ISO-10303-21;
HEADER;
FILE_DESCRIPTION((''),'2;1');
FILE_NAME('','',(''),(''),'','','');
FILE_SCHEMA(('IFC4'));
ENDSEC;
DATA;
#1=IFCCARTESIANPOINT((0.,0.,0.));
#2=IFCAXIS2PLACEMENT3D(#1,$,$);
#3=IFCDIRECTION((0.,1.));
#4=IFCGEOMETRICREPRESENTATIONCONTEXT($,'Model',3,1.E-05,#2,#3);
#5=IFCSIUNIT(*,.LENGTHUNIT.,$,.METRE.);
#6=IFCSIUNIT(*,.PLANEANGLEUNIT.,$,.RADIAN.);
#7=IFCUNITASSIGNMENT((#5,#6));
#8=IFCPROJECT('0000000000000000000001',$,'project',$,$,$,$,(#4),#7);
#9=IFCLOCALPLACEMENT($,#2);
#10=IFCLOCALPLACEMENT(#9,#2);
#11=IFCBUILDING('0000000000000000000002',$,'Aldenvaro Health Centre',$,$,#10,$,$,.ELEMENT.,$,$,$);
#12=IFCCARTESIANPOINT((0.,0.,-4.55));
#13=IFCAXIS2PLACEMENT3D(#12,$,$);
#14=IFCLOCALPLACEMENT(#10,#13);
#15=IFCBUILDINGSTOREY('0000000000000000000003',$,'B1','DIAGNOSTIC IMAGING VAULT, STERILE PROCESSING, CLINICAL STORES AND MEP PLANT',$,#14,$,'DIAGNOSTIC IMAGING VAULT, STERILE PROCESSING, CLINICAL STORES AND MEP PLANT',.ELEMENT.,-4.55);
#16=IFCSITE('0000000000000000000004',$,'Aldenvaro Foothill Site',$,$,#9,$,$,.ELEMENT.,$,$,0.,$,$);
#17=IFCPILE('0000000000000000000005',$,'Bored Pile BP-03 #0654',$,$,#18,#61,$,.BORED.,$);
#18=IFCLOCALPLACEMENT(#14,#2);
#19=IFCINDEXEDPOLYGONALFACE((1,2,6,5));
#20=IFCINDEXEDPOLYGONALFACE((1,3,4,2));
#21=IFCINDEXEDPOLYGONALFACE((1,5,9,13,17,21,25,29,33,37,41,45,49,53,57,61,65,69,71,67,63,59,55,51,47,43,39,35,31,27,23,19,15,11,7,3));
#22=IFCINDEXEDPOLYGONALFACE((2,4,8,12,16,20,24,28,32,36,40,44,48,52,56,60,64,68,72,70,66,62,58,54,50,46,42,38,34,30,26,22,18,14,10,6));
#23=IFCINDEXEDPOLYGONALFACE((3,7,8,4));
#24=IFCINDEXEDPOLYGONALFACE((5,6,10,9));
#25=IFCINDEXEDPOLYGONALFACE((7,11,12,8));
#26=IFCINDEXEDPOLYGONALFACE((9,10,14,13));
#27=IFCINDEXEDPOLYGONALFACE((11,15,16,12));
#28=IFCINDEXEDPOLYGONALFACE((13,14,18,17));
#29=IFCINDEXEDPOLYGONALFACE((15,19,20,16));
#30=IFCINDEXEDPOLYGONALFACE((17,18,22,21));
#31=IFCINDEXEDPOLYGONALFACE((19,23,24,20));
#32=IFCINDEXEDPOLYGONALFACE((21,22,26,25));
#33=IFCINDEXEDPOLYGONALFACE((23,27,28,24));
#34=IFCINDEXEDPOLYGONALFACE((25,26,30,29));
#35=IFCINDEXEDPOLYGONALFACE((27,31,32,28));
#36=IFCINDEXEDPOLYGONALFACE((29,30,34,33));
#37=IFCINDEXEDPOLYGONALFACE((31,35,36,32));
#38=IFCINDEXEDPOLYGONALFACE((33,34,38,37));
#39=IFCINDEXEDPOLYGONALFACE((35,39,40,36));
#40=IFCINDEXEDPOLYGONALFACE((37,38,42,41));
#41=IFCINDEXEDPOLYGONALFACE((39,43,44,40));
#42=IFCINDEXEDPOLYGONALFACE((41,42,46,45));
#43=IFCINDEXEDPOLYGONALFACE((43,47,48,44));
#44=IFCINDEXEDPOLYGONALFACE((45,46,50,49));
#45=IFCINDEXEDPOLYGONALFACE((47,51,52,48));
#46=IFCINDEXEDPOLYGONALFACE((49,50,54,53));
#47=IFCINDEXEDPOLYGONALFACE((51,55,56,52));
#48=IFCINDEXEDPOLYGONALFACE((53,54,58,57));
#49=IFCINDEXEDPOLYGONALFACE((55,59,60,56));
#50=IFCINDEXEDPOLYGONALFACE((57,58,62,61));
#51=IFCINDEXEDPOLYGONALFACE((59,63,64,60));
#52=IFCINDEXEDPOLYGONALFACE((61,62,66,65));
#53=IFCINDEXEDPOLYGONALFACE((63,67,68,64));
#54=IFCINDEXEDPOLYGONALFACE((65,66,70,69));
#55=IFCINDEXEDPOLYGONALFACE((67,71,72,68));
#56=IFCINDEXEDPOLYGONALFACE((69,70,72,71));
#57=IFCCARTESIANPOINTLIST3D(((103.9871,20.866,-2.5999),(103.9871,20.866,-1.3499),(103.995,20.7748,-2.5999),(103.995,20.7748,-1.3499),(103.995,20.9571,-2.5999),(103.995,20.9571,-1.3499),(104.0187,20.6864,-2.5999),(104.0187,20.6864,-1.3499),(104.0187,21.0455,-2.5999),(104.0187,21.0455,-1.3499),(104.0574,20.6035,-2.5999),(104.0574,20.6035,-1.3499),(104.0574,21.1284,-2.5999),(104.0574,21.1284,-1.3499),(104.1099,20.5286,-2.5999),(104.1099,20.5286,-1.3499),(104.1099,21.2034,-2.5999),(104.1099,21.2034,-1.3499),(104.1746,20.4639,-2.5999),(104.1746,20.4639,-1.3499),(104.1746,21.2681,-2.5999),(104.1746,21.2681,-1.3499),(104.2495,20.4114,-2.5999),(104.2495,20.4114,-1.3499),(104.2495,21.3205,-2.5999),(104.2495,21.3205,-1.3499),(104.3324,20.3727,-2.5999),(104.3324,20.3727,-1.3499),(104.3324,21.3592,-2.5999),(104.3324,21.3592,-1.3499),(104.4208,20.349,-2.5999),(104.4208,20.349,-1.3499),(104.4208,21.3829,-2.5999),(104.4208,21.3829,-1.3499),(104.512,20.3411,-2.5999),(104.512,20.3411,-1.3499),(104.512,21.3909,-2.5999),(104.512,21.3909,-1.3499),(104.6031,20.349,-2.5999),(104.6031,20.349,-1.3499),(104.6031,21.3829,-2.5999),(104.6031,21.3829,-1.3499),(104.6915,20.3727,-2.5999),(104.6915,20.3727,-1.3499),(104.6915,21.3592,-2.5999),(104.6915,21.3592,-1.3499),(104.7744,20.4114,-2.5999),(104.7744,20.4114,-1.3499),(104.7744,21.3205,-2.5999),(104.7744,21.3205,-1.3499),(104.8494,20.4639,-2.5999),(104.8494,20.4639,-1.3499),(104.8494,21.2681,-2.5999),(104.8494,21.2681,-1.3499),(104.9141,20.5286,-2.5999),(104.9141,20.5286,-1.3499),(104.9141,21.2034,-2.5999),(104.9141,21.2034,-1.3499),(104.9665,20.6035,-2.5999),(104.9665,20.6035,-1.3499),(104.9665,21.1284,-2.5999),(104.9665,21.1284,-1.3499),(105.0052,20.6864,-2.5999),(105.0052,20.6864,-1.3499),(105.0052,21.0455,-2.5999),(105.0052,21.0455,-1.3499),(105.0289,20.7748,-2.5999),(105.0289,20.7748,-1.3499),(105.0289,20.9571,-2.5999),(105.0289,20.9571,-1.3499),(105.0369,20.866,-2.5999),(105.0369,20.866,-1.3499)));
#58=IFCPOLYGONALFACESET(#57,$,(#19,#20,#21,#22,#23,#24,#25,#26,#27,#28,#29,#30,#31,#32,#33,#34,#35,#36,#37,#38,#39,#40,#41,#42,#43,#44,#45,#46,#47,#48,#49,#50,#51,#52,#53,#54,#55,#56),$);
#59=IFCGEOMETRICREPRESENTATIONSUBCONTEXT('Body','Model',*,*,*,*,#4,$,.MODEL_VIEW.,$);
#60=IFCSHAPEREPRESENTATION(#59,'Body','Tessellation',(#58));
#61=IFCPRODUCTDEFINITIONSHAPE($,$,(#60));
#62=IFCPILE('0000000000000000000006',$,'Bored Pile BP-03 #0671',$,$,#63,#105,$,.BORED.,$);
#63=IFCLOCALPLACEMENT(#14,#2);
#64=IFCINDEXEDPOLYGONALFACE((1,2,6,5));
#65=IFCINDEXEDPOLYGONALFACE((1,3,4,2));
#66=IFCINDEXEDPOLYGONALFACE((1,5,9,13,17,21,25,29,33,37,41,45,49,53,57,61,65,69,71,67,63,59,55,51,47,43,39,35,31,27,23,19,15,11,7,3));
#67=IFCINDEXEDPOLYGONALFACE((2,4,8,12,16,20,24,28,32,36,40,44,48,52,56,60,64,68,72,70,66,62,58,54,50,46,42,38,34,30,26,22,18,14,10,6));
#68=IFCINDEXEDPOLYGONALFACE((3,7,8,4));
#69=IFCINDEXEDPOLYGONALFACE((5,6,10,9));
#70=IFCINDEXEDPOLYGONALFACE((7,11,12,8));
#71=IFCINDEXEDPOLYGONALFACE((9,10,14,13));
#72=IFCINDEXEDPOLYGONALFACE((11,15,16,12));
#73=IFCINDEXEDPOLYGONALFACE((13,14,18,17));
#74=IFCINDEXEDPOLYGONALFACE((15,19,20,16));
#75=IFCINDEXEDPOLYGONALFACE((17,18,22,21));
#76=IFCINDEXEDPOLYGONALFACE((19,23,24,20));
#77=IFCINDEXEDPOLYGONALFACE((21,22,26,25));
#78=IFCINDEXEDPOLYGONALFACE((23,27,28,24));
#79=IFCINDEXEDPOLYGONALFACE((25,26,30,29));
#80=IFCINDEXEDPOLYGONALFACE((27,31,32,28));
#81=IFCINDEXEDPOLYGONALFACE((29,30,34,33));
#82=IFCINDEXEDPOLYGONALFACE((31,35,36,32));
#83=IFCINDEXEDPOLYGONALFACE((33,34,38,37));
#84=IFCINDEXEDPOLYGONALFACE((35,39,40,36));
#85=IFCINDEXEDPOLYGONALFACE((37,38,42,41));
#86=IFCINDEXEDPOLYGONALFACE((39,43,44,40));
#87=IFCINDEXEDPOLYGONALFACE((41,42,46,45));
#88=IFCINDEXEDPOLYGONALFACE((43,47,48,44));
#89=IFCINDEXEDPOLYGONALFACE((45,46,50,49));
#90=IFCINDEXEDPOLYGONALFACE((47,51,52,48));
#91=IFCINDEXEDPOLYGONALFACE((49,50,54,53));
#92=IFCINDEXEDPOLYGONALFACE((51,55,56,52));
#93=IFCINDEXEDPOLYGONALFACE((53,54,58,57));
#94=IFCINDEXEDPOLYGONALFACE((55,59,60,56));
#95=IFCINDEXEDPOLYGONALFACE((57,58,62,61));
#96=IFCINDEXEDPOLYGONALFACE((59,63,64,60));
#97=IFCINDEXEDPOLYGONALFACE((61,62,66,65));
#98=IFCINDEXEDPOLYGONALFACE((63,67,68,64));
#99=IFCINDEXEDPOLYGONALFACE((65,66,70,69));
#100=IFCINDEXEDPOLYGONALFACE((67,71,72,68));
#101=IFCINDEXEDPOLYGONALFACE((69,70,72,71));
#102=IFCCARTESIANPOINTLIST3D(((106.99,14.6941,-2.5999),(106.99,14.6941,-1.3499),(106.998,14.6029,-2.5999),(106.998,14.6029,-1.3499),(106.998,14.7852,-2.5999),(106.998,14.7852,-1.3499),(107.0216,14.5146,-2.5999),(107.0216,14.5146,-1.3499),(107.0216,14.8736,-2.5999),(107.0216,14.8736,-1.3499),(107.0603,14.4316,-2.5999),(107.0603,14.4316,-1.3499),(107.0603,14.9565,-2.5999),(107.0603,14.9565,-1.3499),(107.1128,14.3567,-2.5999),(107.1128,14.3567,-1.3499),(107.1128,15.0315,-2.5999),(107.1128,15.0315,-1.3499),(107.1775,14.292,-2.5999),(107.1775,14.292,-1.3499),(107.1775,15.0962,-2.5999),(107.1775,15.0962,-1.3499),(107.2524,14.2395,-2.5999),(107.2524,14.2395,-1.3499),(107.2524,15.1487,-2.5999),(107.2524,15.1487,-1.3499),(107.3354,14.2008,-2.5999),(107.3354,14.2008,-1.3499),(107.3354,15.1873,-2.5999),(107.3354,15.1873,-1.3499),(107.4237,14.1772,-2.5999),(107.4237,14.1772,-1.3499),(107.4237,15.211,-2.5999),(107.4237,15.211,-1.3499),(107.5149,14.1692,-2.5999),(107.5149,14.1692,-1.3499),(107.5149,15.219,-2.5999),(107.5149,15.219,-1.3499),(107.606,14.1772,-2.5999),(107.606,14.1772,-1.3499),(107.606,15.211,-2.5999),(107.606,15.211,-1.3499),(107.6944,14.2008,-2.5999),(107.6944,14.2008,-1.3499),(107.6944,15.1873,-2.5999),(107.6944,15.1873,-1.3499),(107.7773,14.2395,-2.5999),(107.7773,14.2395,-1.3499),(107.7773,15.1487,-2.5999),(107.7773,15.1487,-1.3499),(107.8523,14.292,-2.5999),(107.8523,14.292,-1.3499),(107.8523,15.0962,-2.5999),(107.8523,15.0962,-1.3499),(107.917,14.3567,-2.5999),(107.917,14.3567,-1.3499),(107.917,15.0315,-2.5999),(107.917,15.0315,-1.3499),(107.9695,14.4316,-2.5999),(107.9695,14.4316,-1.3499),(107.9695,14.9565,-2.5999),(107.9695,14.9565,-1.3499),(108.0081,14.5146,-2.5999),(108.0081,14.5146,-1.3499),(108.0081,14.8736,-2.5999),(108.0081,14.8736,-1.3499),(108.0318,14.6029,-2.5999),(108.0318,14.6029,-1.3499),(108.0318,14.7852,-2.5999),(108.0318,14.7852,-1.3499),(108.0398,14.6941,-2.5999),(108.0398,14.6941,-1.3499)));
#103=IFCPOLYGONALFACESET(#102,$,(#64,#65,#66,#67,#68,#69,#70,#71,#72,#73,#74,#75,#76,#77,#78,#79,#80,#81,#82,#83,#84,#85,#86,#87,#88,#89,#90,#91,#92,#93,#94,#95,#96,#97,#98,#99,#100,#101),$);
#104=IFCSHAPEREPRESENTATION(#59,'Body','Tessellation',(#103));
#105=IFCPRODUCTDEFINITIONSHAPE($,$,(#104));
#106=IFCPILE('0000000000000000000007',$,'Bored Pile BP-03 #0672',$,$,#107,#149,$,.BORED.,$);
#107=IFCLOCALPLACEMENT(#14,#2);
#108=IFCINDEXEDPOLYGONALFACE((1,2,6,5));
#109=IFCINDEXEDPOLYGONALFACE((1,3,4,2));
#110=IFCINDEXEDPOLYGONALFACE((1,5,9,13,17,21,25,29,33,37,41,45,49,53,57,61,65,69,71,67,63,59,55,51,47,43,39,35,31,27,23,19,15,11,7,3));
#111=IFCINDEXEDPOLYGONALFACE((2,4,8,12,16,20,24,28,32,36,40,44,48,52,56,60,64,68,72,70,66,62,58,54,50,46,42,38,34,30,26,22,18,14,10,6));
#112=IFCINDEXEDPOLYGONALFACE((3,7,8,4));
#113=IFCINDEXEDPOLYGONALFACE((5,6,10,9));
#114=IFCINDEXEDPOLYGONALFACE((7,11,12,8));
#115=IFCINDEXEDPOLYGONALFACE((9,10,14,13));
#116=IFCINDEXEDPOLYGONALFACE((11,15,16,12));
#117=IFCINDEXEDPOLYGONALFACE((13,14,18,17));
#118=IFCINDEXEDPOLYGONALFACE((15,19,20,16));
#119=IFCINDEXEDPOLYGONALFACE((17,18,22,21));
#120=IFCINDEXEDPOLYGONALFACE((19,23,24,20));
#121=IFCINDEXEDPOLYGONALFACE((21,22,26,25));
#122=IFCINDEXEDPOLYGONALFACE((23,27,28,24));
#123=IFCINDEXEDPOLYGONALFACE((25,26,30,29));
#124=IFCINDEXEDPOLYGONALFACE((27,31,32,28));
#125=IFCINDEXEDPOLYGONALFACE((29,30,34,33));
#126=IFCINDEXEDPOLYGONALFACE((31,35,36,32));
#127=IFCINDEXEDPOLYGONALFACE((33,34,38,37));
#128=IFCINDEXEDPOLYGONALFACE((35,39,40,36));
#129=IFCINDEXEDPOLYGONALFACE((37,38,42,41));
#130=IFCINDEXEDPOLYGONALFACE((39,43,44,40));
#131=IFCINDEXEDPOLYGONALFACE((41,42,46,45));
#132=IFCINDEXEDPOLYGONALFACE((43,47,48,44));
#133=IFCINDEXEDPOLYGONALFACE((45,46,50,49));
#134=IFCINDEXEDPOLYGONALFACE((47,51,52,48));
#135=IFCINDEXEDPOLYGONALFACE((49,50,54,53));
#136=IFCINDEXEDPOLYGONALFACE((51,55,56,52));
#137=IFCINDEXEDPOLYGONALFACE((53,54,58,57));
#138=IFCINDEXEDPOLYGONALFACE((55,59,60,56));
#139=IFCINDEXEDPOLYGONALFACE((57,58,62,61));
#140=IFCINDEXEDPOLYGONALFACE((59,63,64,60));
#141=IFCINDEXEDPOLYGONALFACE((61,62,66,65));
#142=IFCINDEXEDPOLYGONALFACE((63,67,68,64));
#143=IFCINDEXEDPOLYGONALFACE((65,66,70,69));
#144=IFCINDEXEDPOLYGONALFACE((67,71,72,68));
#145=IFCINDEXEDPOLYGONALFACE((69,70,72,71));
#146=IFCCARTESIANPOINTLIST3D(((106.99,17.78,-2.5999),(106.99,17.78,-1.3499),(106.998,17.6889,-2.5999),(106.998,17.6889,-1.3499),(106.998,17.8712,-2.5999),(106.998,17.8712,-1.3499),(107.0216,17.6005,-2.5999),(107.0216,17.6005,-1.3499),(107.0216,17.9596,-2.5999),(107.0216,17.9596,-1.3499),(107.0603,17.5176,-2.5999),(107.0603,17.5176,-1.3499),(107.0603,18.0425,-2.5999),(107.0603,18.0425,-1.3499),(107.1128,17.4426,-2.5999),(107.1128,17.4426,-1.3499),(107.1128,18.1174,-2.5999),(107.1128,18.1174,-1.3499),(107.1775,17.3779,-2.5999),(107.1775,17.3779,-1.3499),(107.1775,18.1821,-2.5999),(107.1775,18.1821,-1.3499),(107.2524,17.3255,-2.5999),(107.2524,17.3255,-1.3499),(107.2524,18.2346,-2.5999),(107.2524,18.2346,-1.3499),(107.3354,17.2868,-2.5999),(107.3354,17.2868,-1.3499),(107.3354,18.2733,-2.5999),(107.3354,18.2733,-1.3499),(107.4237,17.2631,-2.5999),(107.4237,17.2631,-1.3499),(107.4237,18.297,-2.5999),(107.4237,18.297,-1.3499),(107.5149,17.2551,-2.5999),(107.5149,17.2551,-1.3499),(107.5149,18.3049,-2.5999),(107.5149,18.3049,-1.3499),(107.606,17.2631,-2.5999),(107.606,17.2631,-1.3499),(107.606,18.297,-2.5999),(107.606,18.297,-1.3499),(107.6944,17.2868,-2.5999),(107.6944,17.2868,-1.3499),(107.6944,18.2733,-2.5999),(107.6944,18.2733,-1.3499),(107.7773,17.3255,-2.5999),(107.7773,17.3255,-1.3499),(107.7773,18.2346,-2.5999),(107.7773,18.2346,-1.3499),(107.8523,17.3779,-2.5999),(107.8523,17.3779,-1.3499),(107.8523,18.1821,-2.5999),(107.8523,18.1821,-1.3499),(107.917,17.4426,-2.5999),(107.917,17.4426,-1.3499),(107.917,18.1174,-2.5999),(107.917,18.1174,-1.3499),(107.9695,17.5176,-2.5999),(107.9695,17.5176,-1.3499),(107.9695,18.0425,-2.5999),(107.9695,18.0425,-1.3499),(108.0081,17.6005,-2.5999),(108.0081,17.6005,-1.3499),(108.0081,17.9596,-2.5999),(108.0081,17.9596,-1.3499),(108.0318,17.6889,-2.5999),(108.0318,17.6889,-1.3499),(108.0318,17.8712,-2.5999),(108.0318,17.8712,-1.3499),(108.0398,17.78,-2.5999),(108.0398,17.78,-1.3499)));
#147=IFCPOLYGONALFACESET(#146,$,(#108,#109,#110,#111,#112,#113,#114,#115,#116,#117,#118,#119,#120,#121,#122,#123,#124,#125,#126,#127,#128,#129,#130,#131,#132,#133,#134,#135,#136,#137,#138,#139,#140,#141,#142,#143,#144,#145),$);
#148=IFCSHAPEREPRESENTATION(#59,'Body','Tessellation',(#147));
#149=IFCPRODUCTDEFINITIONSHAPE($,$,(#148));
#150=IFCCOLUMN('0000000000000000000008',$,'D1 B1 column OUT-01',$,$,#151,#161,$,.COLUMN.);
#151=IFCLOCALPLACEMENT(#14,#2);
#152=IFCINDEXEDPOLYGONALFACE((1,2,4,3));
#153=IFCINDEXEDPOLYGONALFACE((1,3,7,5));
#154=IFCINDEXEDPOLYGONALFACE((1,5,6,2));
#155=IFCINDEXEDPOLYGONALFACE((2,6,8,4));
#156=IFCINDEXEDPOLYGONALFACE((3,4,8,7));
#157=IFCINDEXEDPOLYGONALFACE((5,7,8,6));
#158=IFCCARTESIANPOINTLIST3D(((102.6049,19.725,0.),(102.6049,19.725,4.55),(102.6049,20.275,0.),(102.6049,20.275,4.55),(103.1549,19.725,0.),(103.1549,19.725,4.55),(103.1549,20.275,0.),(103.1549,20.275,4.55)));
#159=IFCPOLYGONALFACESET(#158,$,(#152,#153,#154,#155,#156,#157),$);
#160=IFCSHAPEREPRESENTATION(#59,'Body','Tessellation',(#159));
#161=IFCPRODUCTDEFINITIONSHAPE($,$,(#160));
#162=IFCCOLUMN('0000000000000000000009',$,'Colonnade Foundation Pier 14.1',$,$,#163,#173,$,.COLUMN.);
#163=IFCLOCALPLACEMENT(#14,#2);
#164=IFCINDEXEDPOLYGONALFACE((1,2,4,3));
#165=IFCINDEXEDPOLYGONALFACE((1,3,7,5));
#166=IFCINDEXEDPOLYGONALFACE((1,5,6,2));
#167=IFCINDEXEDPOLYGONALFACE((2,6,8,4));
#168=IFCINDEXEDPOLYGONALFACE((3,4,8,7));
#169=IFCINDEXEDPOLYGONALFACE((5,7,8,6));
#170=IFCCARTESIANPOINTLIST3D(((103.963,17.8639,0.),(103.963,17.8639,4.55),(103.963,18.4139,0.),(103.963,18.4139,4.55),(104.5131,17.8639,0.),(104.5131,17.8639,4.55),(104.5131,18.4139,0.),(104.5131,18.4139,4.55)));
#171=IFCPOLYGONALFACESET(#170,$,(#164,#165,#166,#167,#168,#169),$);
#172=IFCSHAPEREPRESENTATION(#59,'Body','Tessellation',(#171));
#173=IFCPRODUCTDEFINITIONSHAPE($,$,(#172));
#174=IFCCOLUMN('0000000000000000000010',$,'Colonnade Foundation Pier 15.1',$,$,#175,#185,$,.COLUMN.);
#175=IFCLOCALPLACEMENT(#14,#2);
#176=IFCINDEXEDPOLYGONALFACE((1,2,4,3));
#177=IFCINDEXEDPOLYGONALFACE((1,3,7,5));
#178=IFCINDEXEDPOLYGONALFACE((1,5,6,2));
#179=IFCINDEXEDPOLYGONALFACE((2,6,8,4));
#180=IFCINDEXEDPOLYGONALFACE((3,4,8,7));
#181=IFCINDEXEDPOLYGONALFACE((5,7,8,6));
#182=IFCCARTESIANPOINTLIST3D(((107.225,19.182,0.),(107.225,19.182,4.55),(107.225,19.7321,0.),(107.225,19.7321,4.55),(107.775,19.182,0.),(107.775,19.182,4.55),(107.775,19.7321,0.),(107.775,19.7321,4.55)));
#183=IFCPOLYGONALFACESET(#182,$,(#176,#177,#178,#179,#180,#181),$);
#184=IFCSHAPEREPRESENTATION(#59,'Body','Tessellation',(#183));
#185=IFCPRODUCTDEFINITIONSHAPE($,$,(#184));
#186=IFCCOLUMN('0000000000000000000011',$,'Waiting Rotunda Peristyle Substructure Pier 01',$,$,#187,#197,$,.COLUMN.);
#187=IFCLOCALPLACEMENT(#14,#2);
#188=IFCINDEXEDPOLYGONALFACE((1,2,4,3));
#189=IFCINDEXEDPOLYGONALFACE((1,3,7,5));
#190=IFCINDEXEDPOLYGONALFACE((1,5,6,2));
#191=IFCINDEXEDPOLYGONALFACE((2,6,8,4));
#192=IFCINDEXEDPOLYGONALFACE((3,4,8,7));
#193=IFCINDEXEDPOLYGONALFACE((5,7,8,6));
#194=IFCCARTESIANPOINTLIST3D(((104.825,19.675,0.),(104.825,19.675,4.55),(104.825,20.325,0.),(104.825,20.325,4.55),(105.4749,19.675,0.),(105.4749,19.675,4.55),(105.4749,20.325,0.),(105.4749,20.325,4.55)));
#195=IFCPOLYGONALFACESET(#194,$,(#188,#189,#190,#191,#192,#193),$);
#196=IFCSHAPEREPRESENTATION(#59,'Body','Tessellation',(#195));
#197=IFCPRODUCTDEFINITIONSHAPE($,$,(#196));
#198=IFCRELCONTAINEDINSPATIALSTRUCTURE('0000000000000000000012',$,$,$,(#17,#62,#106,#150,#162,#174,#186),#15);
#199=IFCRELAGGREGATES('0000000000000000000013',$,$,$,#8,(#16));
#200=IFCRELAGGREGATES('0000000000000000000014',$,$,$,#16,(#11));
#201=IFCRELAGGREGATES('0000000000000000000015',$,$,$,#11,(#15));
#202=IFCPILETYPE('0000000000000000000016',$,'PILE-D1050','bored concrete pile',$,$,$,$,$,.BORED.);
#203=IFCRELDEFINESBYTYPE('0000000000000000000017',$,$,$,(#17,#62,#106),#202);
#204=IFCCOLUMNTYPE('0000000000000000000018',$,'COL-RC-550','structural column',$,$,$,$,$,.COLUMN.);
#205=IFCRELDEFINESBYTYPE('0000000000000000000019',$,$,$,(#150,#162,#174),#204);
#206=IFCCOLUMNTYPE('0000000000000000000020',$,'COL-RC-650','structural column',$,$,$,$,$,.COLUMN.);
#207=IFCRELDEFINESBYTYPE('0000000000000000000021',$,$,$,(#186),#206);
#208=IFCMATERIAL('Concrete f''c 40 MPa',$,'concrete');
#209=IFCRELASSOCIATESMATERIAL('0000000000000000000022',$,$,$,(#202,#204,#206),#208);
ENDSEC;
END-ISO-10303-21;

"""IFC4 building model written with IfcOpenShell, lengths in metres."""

from ifc_helpers import new_model, si_unit, direction, frame, origin, origin_2d, place, context, subcontext, project, spatial, rectangle, circle, extrude, material, material_profile, profile_set, type_object, element, save


model = new_model("IFC4")

# Units and contexts
model_context = context("Model", 3, precision=1e-05, world=origin(), true_north=direction((0.0, 1.0)))
body_context = subcontext(model_context, "Body", "Model", "MODEL_VIEW")
ifc_project = project(units=[si_unit("LENGTHUNIT", "METRE"), si_unit("PLANEANGLEUNIT", "RADIAN")], contexts=[model_context])

# Site, building, storey
site_placement = place(None, origin())
site = spatial("IfcSite", under=ifc_project, at=site_placement, Name="Aldenvaro Foothill Site", CompositionType="ELEMENT", RefElevation=0.0)
building_placement = place(site_placement, origin())
building = spatial("IfcBuilding", under=site, at=building_placement, Name="Aldenvaro Health Centre", CompositionType="ELEMENT")
storey_placement = place(building_placement, frame((0.0, 0.0, -4.55)))
storey = spatial("IfcBuildingStorey", under=building, at=storey_placement, Name="B1", Description="DIAGNOSTIC IMAGING VAULT, STERILE PROCESSING, CLINICAL STORES AND MEP PLANT", LongName="DIAGNOSTIC IMAGING VAULT, STERILE PROCESSING, CLINICAL STORES AND MEP PLANT", CompositionType="ELEMENT", Elevation=-4.55)

# Piles
ifc_material_1 = material(Name="Concrete f'c 40 MPa", Category="concrete")
ifc_material_profile_1 = material_profile(ifc_material_1, circle(Radius=0.5249, at=origin_2d()), Name="PILE D1050", Category="concrete")
ifc_profile_set_1 = profile_set([ifc_material_profile_1], Name="Concrete f'c 40 MPa")
pile_type = type_object("IfcPileType", Name="PILE-D1050", Description="bored concrete pile", PredefinedType="BORED", material=ifc_profile_set_1)
for number, where, z_axis, x_axis, name in (
    (1, (104.512, 20.866, -1.3499), (0.0, 0.0, -1.0), (1.0, 0.0, 0.0), "Bored Pile BP-03 #0654"),
    (2, (107.5149, 14.6941, -1.3499), (0.0, 0.0, -1.0), (1.0, 0.0, 0.0), "Bored Pile BP-03 #0671"),
    (3, (107.5149, 17.78, -1.3499), (0.0, 0.0, -1.0), (1.0, 0.0, 0.0), "Bored Pile BP-03 #0672"),
):
    element("IfcPile", number, at=place(storey_placement, frame(where, z_axis=z_axis, x_axis=x_axis)), inside=storey, type_object=pile_type, Name=name, PredefinedType="BORED", context=body_context, shape_type="SweptSolid", body=[
        extrude(circle(Radius=0.5249, at=origin_2d()), origin(), (0.0, 0.0, 1.0), 1.25),
    ])

# Columns
ifc_material_profile_2 = material_profile(ifc_material_1, rectangle(XDim=0.55, YDim=0.55, at=origin_2d()), Name="RC 550x550", Category="concrete")
ifc_profile_set_2 = profile_set([ifc_material_profile_2], Name="Concrete f'c 40 MPa")
column_type_1 = type_object("IfcColumnType", Name="COL-RC-550", Description="structural column", PredefinedType="COLUMN", material=ifc_profile_set_2)
for number, where, z_axis, x_axis, name in (
    (4, (102.8799, 20.0, 0.0), (0.0, 0.0, 1.0), (1.0, 0.0, 0.0), "D1 B1 column OUT-01"),
    (5, (104.238, 18.1389, 0.0), (0.0, 0.0, 1.0), (1.0, 0.0, 0.0), "Colonnade Foundation Pier 14.1"),
    (6, (107.5, 19.457, 0.0), (0.0, 0.0, 1.0), (1.0, 0.0, 0.0), "Colonnade Foundation Pier 15.1"),
):
    element("IfcColumn", number, at=place(storey_placement, frame(where, z_axis=z_axis, x_axis=x_axis)), inside=storey, type_object=column_type_1, Name=name, PredefinedType="COLUMN", context=body_context, shape_type="SweptSolid", body=[
        extrude(rectangle(XDim=0.55, YDim=0.55, at=origin_2d()), origin(), (0.0, 0.0, 1.0), 4.55),
    ])
ifc_material_profile_3 = material_profile(ifc_material_1, rectangle(XDim=0.6499, YDim=0.6499, at=origin_2d()), Name="RC 650x650", Category="concrete")
ifc_profile_set_3 = profile_set([ifc_material_profile_3], Name="Concrete f'c 40 MPa")
column_type_2 = type_object("IfcColumnType", Name="COL-RC-650", Description="structural column", PredefinedType="COLUMN", material=ifc_profile_set_3)
column_placement = place(storey_placement, frame((105.1499, 20.0, 0.0), z_axis=(0.0, 0.0, 1.0), x_axis=(1.0, 0.0, 0.0)))
element("IfcColumn", 7, at=column_placement, inside=storey, type_object=column_type_2, Name="Waiting Rotunda Peristyle Substructure Pier 01", PredefinedType="COLUMN", context=body_context, shape_type="SweptSolid", body=[
    extrude(rectangle(XDim=0.6499, YDim=0.6499, at=origin_2d()), origin(), (0.0, 0.0, 1.0), 4.55),
])

save(model, "model.ifc")
